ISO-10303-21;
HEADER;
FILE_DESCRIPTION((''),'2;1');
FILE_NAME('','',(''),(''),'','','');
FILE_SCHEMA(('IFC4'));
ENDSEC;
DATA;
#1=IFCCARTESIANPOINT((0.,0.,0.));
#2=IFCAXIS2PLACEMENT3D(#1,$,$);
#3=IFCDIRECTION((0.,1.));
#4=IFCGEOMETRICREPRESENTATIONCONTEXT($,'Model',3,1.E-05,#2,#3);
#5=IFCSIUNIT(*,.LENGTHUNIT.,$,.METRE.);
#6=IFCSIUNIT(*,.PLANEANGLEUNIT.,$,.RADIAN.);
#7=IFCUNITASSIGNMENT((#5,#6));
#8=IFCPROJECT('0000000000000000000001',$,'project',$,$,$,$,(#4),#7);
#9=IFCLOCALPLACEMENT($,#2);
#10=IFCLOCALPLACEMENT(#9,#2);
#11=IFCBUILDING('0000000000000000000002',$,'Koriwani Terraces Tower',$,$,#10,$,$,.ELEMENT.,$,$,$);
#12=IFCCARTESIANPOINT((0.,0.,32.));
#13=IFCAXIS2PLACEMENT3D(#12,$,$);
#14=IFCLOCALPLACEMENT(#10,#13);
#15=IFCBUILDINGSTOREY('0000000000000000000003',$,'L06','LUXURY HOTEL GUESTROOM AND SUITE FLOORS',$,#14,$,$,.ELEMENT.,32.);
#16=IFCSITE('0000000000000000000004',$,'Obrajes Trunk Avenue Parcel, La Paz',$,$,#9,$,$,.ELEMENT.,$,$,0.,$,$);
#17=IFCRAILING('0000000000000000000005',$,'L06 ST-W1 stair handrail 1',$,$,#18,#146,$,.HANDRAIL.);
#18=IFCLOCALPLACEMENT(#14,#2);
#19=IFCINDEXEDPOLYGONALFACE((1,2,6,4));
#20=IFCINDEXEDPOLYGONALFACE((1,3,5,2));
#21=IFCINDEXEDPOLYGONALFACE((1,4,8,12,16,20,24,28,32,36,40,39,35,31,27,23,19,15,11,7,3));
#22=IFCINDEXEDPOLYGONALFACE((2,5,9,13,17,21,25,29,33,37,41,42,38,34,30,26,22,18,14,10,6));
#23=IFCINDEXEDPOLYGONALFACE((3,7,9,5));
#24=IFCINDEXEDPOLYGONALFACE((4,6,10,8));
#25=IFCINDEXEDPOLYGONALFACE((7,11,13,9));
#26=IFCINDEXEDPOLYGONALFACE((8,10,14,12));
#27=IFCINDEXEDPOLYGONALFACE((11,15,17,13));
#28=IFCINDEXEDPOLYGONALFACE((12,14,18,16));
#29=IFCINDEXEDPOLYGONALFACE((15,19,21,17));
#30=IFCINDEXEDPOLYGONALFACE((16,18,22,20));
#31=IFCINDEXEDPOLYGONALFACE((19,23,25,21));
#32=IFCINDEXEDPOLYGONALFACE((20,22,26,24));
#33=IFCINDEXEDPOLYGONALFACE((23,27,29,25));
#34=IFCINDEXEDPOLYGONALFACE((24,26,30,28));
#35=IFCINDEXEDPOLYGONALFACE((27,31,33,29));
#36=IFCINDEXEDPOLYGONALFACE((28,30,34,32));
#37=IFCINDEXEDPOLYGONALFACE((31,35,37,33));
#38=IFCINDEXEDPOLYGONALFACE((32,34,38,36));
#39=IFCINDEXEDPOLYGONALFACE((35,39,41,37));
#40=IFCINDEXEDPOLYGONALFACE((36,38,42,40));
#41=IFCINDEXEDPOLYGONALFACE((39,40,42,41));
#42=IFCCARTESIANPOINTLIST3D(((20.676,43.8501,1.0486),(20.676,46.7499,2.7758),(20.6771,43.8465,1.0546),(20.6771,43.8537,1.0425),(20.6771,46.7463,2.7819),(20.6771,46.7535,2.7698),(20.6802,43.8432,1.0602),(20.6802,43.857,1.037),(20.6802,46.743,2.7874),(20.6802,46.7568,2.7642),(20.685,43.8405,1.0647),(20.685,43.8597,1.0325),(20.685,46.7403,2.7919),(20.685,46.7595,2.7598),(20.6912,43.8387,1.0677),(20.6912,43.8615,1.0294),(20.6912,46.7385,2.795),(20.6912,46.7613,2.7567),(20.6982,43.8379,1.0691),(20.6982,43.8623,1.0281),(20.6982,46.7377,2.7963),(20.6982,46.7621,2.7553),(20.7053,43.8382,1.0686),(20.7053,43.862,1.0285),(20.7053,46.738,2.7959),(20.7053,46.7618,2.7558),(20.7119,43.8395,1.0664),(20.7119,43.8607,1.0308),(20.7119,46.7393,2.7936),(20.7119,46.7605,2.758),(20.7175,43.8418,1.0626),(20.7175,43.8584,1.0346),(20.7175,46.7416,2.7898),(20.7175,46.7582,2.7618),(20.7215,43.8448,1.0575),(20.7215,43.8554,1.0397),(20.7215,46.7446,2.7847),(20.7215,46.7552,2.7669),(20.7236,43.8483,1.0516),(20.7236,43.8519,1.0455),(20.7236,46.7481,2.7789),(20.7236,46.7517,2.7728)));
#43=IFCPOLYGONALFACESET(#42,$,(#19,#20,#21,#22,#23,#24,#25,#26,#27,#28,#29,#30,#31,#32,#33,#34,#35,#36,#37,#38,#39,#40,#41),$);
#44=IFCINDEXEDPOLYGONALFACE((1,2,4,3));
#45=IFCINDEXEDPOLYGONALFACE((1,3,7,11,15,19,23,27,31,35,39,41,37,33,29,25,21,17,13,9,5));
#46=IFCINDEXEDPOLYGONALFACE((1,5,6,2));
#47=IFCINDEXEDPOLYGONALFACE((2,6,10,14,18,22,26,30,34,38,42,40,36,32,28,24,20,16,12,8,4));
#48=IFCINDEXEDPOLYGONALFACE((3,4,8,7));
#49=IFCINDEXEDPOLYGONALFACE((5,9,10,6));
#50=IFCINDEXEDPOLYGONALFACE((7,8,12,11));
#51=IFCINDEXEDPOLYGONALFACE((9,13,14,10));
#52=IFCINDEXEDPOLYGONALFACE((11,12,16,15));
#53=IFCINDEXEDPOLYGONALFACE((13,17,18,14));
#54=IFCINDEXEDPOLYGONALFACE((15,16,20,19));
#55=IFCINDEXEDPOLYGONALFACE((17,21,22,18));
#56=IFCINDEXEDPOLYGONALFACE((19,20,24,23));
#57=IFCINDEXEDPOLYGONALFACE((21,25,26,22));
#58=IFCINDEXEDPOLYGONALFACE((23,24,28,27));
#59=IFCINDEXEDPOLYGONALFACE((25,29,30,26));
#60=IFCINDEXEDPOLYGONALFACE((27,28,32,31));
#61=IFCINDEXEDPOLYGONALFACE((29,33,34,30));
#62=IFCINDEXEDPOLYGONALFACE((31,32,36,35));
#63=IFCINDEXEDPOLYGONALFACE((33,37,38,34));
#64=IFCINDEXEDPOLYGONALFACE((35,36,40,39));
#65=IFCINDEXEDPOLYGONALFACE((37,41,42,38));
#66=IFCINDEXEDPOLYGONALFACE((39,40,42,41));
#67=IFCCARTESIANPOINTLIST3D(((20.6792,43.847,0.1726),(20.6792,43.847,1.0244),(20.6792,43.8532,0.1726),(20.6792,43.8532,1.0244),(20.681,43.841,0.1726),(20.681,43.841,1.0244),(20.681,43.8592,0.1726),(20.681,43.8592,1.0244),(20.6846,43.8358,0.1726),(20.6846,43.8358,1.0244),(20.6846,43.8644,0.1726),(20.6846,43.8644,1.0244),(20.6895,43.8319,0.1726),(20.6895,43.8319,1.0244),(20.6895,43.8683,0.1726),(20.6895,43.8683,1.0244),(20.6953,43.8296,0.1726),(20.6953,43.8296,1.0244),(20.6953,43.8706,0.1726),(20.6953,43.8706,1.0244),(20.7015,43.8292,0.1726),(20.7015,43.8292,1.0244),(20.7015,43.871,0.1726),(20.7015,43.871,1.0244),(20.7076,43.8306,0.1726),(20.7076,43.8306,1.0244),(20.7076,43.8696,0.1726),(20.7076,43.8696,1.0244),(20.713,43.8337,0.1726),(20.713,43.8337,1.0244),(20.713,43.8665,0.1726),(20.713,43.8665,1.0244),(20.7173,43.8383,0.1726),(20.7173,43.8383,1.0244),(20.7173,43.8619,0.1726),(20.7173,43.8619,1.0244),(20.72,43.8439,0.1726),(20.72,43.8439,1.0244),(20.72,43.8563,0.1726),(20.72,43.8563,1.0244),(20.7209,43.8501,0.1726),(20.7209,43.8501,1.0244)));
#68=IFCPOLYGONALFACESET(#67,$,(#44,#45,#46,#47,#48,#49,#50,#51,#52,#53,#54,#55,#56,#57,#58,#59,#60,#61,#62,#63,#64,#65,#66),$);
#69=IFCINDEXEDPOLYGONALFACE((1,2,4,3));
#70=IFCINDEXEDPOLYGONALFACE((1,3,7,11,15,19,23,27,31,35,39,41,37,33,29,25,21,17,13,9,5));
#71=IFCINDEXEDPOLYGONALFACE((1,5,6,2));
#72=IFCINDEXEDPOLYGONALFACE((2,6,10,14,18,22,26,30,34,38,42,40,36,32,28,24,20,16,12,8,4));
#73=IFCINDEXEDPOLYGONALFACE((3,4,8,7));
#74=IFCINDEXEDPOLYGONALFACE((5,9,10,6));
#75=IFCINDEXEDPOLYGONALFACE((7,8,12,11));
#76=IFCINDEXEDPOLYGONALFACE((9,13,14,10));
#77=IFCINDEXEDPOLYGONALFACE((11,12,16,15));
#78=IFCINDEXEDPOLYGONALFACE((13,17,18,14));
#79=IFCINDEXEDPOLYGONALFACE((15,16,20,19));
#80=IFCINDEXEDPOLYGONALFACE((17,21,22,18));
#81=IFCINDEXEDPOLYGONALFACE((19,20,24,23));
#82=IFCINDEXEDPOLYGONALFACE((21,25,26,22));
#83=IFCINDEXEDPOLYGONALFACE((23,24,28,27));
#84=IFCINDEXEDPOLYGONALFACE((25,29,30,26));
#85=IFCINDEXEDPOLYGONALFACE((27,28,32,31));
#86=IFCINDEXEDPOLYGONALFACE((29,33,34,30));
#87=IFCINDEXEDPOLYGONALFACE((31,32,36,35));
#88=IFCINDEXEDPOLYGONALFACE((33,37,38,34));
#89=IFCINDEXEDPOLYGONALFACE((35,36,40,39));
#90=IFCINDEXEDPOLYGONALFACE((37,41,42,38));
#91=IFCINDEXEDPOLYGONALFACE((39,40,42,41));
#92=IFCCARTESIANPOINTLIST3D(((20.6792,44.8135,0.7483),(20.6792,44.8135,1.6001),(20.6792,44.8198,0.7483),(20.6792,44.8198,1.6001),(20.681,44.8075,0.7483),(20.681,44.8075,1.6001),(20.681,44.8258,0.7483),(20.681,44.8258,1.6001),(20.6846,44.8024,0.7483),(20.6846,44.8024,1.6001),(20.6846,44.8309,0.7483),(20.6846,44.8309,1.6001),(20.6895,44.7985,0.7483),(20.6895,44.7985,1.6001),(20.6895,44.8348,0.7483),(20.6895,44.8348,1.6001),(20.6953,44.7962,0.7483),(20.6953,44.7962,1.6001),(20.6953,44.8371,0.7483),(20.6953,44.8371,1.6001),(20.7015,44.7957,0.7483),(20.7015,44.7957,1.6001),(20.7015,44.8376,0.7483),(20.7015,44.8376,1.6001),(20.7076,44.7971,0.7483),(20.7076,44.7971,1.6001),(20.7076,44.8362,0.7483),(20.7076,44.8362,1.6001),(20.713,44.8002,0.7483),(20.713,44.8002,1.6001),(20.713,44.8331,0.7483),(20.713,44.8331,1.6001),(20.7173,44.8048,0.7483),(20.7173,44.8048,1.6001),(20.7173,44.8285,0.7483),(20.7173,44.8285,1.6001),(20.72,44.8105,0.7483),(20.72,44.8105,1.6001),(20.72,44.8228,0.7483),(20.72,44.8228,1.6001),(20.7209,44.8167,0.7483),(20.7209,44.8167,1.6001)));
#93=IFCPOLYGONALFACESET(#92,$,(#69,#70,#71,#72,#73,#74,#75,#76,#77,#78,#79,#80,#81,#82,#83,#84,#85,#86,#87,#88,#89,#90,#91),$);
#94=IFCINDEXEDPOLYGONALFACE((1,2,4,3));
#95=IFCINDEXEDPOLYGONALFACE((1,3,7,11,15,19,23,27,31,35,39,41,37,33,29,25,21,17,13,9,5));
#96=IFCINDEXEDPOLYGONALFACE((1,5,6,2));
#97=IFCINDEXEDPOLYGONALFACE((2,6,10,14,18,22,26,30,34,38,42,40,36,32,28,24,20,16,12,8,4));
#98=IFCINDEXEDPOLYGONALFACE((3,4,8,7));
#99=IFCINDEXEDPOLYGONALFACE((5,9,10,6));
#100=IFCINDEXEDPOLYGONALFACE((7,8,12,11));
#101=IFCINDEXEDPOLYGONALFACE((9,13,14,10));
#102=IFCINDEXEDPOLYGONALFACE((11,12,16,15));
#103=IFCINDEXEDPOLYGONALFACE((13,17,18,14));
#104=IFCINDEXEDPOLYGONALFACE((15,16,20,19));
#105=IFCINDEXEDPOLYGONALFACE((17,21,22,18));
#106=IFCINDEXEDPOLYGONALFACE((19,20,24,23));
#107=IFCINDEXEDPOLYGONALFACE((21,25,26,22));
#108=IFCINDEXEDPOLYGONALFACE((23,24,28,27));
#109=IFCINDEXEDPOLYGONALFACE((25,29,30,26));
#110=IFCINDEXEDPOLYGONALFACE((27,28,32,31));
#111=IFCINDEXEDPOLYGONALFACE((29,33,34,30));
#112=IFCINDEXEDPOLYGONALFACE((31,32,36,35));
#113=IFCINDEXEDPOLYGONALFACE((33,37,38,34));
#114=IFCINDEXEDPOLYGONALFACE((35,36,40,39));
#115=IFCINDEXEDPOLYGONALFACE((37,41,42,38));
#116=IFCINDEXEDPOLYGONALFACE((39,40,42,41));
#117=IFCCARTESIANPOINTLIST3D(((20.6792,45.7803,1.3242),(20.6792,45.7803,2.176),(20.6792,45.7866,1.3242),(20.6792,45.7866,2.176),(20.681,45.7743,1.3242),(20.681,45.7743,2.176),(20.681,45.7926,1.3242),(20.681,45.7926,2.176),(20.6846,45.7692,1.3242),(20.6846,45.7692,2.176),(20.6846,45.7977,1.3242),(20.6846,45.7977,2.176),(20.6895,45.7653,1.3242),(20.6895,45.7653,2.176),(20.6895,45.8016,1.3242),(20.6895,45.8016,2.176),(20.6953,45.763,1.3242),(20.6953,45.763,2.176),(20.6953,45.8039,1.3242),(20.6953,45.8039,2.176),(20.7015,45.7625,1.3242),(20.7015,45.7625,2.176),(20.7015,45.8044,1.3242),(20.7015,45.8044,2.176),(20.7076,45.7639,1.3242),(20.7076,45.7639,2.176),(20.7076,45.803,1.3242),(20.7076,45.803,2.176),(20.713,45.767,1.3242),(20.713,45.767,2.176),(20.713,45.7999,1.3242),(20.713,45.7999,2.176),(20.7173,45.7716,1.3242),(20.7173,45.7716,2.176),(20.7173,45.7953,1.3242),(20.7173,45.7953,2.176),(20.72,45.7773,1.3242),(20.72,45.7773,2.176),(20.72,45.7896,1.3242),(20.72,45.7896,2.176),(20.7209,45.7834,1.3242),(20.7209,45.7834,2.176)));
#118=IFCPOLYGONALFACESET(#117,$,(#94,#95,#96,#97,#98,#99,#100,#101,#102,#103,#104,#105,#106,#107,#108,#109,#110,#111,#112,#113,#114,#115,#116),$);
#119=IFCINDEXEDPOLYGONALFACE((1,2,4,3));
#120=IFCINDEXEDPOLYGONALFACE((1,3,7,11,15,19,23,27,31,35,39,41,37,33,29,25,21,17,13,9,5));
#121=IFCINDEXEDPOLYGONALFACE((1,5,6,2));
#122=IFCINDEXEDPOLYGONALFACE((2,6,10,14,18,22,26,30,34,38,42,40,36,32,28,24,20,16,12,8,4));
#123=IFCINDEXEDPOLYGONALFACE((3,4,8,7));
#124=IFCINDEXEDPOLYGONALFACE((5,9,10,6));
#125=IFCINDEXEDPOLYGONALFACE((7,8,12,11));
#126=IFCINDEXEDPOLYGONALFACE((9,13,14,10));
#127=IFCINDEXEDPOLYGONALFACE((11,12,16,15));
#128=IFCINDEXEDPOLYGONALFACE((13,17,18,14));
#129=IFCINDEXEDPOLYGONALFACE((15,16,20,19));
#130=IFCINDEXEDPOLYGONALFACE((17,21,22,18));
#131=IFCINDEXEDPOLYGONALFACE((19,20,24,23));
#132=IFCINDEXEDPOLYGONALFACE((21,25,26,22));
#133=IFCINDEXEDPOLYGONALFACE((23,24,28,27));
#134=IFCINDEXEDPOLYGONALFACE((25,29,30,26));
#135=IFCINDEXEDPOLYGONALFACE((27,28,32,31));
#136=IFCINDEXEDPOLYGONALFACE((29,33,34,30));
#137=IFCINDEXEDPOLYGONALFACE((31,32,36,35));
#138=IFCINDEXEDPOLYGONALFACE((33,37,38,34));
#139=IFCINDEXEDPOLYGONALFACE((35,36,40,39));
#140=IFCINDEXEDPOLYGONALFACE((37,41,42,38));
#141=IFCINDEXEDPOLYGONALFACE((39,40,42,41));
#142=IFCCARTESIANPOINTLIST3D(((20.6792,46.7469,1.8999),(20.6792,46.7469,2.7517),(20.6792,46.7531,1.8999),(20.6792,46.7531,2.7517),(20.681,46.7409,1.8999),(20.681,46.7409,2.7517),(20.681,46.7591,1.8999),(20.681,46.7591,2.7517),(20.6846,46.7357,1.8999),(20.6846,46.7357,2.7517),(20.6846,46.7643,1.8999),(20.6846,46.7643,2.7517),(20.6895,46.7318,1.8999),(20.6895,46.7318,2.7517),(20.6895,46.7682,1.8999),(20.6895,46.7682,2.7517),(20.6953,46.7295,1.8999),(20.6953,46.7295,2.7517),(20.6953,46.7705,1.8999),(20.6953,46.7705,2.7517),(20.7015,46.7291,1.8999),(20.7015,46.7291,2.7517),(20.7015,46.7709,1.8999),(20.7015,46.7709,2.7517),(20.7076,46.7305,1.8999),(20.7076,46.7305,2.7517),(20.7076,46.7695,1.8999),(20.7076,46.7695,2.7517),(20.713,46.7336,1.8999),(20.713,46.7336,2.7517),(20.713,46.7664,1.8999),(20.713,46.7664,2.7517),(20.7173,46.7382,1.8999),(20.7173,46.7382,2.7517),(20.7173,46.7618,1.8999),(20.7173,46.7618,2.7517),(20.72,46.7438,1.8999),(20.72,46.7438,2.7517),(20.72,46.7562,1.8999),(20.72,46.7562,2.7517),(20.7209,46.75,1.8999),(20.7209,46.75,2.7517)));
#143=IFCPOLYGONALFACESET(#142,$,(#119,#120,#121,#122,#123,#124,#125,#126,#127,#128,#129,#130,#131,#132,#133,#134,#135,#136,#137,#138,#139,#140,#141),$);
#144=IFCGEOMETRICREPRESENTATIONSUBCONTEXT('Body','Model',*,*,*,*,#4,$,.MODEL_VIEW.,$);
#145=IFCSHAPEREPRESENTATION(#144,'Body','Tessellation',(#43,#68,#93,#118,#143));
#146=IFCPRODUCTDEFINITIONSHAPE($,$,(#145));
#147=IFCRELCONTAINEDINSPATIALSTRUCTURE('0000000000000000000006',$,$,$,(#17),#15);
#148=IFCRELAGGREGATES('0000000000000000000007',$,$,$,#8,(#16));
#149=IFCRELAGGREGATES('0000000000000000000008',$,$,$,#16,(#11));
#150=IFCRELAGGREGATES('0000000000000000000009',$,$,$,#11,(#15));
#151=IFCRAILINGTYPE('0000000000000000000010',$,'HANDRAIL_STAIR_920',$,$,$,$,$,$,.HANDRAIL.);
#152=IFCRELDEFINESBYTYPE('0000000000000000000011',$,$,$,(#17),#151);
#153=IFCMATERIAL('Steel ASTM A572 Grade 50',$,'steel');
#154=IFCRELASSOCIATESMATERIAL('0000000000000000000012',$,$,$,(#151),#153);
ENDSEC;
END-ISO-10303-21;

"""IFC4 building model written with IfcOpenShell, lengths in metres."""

from ifc_helpers import new_model, si_unit, direction, frame, origin, origin_2d, place, context, subcontext, project, spatial, circle, extrude, material, type_object, element, save


model = new_model("IFC4")

# Units and contexts
model_context = context("Model", 3, precision=1e-05, world=origin(), true_north=direction((0.0, 1.0)))
body_context = subcontext(model_context, "Body", "Model", "MODEL_VIEW")
ifc_project = project(units=[si_unit("LENGTHUNIT", "METRE"), si_unit("PLANEANGLEUNIT", "RADIAN")], contexts=[model_context])

# Site, building, storey
site_placement = place(None, origin())
site = spatial("IfcSite", under=ifc_project, at=site_placement, Name="Obrajes Trunk Avenue Parcel, La Paz", CompositionType="ELEMENT", RefElevation=0.0)
building_placement = place(site_placement, origin())
building = spatial("IfcBuilding", under=site, at=building_placement, Name="Koriwani Terraces Tower", CompositionType="ELEMENT")
storey_placement = place(building_placement, frame((0.0, 0.0, 32.0)))
storey = spatial("IfcBuildingStorey", under=building, at=storey_placement, Name="L06", Description="LUXURY HOTEL GUESTROOM AND SUITE FLOORS", CompositionType="ELEMENT", Elevation=32.0)

# Shared definitions
ifc_material_1 = material(Name="Steel ASTM A572 Grade 50", Category="steel")

# Railing
railing_type_1 = type_object("IfcRailingType", Name="HANDRAIL_STAIR_920", PredefinedType="HANDRAIL", material=ifc_material_1)
railing_1_placement = place(storey_placement, frame((20.7, 43.8501, 0.1726)))
element("IfcRailing", 1, at=railing_1_placement, inside=storey, type_object=railing_type_1, Name="L06 ST-W1 stair handrail 1", PredefinedType="HANDRAIL", context=body_context, shape_type="SweptSolid", body=[
    extrude(circle(Radius=0.0239, at=origin_2d()), frame((0.0, 0.0, 0.876), z_axis=(0.0, 0.859141, 0.511738), x_axis=(-1.0, 0.0, 0.0)), (0.0, 0.0, 1.0), 3.3752),
    extrude(circle(Radius=0.021, at=origin_2d()), origin(), (0.0, 0.0, 1.0), 0.8518),
    extrude(circle(Radius=0.021, at=origin_2d()), frame((0.0, 0.9666, 0.5757)), (0.0, 0.0, 1.0), 0.8518),
    extrude(circle(Radius=0.021, at=origin_2d()), frame((0.0, 1.9333, 1.1516)), (0.0, 0.0, 1.0), 0.8518),
    extrude(circle(Radius=0.021, at=origin_2d()), frame((0.0, 2.8999, 1.7273)), (0.0, 0.0, 1.0), 0.8518),
])

save(model, "model.ifc")
